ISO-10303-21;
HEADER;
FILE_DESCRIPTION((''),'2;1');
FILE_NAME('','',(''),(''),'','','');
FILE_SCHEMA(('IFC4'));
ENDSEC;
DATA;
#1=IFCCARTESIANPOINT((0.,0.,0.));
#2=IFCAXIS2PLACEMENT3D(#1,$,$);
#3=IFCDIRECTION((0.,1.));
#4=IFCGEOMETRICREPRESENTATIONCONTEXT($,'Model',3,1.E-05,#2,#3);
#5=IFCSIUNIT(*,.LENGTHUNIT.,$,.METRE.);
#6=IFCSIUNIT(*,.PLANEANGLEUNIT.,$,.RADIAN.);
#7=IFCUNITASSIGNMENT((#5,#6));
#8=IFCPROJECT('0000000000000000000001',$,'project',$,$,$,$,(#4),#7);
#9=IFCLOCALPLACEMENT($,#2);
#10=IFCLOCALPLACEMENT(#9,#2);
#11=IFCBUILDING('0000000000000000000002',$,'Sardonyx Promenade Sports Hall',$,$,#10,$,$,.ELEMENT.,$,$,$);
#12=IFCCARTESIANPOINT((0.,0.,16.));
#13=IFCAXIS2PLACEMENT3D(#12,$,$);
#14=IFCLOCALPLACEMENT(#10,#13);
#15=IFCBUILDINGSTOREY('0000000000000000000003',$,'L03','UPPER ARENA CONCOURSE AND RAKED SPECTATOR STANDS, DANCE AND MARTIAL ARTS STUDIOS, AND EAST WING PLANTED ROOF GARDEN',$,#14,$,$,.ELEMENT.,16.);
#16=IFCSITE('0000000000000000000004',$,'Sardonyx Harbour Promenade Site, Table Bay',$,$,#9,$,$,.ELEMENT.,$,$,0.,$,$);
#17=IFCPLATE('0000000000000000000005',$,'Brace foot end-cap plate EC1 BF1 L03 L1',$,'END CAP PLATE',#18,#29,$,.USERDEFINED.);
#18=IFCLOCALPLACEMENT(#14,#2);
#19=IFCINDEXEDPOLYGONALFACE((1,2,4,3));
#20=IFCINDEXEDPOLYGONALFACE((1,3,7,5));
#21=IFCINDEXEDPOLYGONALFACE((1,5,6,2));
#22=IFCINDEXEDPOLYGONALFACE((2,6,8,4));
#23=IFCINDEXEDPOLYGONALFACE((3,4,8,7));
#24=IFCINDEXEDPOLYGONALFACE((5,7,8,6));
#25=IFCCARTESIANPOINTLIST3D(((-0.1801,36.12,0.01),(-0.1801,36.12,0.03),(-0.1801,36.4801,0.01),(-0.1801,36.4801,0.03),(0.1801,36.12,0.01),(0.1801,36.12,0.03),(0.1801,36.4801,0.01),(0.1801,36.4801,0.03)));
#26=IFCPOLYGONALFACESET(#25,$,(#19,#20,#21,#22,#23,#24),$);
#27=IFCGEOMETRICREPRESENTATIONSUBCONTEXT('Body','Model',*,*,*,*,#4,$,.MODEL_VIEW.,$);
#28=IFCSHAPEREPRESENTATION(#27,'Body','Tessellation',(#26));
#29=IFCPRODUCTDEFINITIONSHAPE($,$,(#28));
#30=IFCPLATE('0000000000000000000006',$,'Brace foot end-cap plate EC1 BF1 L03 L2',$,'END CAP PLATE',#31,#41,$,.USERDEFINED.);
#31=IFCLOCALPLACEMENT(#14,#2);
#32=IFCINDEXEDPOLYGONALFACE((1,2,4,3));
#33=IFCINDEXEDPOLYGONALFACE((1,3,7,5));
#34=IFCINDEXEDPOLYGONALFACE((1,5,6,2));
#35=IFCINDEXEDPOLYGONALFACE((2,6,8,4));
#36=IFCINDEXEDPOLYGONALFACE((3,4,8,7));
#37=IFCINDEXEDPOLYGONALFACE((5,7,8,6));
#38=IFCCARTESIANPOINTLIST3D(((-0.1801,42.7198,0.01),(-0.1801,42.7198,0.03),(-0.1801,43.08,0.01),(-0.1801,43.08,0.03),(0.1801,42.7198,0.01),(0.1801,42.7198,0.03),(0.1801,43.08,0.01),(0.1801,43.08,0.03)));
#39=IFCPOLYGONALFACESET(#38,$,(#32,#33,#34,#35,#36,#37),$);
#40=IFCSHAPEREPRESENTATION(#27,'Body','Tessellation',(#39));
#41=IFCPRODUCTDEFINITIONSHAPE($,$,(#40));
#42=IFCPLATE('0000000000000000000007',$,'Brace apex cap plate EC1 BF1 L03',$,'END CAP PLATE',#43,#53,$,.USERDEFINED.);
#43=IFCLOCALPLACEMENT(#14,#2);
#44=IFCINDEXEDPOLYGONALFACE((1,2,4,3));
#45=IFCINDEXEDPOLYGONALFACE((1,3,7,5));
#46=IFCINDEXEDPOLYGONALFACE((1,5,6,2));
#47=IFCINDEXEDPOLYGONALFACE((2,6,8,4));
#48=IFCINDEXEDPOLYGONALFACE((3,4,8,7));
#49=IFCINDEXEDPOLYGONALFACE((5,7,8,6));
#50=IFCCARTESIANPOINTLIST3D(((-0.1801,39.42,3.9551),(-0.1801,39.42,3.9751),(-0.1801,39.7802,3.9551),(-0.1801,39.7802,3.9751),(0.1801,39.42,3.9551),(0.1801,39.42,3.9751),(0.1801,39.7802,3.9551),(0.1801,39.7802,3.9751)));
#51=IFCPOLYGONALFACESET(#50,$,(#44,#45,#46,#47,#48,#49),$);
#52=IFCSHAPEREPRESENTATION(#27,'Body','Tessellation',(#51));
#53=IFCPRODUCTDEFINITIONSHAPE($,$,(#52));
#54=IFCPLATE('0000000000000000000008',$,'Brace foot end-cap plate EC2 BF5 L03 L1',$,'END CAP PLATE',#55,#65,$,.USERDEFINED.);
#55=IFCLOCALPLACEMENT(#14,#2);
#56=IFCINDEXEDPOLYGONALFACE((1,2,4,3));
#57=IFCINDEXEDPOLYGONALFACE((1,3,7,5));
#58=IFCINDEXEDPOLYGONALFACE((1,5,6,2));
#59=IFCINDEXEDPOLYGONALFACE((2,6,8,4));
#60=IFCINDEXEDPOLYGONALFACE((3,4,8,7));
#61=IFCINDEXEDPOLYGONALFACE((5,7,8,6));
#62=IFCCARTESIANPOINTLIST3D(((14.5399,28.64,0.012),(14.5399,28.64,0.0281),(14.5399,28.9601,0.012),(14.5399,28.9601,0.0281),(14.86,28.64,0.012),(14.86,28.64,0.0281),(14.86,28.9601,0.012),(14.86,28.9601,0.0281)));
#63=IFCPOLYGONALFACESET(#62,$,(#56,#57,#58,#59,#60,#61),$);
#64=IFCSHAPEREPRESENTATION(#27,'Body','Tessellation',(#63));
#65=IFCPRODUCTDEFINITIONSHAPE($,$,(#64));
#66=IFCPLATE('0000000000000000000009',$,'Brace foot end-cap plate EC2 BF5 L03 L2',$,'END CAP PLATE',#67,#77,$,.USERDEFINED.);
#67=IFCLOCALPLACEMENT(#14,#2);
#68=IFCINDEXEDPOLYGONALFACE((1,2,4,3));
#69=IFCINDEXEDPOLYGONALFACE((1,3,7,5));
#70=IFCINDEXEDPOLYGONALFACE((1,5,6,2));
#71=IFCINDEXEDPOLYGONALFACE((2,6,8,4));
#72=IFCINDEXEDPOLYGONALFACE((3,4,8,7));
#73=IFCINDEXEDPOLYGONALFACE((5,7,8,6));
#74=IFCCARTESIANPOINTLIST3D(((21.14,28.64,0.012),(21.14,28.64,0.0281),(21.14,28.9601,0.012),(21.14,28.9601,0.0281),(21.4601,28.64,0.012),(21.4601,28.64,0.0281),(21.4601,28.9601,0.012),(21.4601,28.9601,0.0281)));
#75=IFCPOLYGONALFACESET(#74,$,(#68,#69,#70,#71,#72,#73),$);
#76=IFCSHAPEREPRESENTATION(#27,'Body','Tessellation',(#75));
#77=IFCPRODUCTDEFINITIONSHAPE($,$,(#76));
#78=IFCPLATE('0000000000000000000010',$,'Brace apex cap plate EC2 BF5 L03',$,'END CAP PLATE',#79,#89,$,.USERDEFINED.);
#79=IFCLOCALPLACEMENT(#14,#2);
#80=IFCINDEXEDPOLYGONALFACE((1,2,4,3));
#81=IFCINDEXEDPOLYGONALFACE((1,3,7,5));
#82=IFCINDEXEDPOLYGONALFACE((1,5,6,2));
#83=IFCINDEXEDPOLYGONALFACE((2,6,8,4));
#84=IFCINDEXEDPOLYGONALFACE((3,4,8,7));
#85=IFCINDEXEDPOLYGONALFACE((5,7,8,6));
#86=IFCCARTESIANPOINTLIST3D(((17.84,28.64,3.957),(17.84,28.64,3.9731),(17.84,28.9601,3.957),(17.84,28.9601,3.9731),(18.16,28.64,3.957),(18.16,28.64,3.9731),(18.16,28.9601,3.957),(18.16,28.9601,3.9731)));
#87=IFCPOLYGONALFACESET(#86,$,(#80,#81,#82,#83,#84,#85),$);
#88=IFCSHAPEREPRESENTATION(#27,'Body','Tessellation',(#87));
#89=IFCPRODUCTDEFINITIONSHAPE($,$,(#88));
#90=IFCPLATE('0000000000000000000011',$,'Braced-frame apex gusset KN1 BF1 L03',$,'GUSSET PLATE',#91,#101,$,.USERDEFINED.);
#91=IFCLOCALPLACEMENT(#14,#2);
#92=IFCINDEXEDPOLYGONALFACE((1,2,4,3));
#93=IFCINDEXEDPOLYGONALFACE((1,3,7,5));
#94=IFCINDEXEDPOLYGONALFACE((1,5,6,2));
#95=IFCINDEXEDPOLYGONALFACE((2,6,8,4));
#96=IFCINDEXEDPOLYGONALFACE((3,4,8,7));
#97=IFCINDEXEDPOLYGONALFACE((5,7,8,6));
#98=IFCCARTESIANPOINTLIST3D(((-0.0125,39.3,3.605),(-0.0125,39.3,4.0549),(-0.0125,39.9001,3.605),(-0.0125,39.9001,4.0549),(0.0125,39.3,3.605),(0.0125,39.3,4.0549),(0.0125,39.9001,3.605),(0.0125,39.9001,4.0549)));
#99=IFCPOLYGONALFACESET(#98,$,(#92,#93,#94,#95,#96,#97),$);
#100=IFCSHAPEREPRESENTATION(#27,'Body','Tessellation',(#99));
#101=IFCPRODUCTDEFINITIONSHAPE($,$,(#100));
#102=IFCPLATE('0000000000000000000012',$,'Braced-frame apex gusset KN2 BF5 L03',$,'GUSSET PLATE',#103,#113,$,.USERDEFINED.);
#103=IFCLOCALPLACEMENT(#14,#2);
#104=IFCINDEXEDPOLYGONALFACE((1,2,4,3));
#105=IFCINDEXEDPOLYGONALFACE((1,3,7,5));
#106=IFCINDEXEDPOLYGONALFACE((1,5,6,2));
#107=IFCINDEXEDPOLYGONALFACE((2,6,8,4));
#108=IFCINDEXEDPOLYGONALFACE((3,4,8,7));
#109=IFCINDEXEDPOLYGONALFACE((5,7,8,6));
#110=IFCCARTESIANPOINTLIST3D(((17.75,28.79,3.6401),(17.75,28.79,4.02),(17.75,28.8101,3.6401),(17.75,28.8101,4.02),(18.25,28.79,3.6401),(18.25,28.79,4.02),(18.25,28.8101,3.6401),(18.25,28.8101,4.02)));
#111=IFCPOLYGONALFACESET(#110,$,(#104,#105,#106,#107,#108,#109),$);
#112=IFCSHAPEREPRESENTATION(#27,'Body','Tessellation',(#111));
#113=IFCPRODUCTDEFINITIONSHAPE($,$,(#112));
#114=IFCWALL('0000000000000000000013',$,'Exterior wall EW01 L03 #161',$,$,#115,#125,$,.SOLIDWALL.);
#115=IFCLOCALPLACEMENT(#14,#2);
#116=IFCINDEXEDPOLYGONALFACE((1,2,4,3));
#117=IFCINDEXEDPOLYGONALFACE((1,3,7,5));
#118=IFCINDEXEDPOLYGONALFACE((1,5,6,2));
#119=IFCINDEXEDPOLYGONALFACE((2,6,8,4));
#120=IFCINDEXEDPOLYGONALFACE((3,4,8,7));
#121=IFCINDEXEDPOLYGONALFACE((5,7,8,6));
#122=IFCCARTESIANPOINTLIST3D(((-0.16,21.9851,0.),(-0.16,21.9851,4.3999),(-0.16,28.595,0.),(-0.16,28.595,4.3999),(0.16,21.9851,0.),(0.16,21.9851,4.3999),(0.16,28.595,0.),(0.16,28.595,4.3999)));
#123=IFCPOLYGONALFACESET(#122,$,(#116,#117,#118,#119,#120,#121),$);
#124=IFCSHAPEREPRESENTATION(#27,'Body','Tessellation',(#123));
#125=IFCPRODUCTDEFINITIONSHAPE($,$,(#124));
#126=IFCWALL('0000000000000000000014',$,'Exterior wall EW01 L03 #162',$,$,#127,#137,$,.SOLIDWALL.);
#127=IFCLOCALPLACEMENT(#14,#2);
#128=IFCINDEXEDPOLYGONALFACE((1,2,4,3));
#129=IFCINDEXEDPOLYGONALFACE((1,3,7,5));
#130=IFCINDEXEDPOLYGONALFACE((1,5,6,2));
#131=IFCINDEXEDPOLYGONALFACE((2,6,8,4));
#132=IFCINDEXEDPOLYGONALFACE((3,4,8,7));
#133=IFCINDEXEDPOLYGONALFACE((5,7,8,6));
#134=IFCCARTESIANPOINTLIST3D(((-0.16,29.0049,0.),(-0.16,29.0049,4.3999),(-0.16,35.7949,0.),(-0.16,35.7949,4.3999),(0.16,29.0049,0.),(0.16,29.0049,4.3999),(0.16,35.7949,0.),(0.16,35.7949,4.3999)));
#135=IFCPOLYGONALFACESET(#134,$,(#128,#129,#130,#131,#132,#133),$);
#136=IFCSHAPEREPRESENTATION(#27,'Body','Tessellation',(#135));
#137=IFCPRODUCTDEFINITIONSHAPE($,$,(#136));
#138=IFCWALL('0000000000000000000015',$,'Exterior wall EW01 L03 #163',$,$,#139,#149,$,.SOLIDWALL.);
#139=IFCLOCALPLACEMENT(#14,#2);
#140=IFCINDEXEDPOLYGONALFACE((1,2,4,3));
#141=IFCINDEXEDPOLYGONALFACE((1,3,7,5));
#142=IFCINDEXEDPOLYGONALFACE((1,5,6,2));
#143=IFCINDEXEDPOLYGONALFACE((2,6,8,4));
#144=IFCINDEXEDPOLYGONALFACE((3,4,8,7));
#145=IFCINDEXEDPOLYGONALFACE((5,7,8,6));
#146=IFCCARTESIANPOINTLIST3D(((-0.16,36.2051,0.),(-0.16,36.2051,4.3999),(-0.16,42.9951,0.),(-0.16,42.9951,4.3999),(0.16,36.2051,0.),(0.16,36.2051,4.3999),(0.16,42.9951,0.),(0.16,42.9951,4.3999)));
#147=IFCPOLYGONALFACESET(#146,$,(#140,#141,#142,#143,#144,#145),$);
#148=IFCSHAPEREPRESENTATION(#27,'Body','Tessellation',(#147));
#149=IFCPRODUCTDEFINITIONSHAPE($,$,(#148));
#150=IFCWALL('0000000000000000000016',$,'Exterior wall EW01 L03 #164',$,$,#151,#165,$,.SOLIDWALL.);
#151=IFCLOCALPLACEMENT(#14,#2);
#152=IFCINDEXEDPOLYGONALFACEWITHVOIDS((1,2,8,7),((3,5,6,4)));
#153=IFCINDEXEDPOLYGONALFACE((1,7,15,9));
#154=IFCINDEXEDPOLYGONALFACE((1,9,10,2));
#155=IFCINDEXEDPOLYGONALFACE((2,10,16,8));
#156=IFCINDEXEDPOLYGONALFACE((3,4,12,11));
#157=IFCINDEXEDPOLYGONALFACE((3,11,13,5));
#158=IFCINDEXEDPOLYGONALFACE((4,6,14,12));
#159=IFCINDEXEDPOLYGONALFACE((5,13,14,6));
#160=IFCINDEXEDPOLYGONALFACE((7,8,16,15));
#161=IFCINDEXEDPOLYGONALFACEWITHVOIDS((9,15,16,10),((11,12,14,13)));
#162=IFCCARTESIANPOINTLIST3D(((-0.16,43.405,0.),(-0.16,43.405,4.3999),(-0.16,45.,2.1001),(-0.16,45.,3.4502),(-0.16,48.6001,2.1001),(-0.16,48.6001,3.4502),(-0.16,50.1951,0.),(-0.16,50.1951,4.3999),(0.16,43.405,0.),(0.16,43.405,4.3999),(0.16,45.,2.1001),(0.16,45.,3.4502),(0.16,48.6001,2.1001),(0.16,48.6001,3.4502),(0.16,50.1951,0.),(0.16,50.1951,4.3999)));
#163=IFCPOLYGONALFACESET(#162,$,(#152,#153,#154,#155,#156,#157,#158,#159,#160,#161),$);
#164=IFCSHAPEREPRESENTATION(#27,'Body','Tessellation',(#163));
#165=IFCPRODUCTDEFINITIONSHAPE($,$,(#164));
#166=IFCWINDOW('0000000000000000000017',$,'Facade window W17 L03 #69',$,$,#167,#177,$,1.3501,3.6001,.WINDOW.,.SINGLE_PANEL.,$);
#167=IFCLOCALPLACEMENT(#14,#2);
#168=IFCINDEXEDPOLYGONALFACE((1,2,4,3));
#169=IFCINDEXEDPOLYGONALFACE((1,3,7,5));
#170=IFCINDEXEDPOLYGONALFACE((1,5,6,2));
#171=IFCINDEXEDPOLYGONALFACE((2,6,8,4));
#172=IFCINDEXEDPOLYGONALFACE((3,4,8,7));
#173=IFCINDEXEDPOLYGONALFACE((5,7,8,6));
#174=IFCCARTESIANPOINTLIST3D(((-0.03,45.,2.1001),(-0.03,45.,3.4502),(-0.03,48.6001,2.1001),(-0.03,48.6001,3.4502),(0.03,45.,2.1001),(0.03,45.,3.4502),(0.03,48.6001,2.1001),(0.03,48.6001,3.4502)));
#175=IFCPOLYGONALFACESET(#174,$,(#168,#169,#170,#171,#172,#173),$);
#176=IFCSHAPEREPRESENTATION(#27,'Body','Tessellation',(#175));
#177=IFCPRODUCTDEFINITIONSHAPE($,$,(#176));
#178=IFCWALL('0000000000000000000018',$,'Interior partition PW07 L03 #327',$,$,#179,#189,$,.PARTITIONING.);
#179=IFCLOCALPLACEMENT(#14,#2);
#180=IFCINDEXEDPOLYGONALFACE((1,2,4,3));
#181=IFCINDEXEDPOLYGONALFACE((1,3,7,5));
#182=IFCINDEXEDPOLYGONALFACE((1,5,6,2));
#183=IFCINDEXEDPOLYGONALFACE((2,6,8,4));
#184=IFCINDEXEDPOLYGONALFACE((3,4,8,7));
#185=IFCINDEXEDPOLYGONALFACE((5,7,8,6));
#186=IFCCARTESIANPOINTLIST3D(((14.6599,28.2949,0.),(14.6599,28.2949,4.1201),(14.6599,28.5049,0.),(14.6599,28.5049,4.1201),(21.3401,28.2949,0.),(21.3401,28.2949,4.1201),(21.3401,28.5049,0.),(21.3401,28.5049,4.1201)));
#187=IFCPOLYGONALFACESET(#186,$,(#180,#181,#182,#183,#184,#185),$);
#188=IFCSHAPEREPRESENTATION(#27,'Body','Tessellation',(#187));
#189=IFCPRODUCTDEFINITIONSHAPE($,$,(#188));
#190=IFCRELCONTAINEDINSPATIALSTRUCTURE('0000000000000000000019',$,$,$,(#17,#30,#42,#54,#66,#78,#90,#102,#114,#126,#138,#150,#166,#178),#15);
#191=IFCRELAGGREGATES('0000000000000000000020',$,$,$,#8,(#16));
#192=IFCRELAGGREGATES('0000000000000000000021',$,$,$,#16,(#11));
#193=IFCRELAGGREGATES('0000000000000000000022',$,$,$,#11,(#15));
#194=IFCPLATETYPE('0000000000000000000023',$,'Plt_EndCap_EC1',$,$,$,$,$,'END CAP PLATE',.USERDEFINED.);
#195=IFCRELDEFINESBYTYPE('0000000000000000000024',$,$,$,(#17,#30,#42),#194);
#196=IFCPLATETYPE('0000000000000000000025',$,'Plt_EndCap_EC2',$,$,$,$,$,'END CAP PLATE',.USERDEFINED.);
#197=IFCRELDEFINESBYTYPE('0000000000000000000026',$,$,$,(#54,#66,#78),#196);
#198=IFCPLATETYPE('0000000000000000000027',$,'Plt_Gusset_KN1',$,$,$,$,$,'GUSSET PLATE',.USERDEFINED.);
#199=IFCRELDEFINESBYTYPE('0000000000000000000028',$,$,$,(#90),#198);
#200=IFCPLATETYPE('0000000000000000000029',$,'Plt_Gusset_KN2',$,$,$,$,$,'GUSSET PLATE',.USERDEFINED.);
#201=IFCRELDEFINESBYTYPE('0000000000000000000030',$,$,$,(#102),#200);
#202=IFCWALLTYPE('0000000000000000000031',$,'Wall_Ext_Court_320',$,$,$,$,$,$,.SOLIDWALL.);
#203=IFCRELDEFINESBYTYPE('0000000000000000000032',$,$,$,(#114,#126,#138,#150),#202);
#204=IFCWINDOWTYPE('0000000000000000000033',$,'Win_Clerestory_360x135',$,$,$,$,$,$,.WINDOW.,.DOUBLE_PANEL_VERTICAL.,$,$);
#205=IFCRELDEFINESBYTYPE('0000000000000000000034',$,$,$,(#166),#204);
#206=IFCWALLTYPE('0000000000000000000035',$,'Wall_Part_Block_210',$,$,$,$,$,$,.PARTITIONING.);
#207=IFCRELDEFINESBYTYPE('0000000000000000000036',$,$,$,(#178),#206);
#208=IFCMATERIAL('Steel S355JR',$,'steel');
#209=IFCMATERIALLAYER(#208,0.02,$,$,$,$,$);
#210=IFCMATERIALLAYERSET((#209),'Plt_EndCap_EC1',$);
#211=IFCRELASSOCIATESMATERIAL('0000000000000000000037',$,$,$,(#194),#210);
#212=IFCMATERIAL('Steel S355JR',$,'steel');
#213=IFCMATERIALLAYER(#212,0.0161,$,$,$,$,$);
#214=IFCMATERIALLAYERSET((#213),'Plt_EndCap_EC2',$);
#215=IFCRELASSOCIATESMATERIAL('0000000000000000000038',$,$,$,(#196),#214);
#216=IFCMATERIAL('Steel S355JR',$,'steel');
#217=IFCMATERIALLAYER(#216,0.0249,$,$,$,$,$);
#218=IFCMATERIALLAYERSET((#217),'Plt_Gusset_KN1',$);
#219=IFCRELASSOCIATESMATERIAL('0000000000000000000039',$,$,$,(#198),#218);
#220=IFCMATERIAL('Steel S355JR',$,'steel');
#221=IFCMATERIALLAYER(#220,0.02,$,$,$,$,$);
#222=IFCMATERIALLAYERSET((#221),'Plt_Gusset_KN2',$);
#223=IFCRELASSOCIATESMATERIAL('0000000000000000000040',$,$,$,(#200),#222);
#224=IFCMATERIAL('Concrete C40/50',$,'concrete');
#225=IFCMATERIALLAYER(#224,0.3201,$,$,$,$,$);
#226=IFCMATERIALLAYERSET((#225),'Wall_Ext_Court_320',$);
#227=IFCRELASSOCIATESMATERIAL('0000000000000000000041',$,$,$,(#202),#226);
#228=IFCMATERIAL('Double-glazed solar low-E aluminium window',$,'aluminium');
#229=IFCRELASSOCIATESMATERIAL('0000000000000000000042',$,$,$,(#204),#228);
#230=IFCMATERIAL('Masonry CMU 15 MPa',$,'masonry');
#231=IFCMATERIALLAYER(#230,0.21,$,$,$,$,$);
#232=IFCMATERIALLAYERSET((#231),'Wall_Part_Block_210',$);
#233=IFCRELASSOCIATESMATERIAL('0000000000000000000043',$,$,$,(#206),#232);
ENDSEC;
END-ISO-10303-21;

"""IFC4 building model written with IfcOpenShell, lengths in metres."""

from ifc_helpers import new_model, si_unit, direction, frame, frame_2d, origin, origin_2d, place, context, subcontext, project, spatial, rectangle, extrude, material, layer, layer_set, type_object, element, fill, save


model = new_model("IFC4")

# Units and contexts
model_context = context("Model", 3, precision=1e-05, world=origin(), true_north=direction((0.0, 1.0)))
body_context = subcontext(model_context, "Body", "Model", "MODEL_VIEW")
ifc_project = project(units=[si_unit("LENGTHUNIT", "METRE"), si_unit("PLANEANGLEUNIT", "RADIAN")], contexts=[model_context])

# Site, building, storey
site_placement = place(None, origin())
site = spatial("IfcSite", under=ifc_project, at=site_placement, Name="Sardonyx Harbour Promenade Site, Table Bay", CompositionType="ELEMENT", RefElevation=0.0)
building_placement = place(site_placement, origin())
building = spatial("IfcBuilding", under=site, at=building_placement, Name="Sardonyx Promenade Sports Hall", CompositionType="ELEMENT")
storey_placement = place(building_placement, frame((0.0, 0.0, 16.0)))
storey = spatial("IfcBuildingStorey", under=building, at=storey_placement, Name="L03", Description="UPPER ARENA CONCOURSE AND RAKED SPECTATOR STANDS, DANCE AND MARTIAL ARTS STUDIOS, AND EAST WING PLANTED ROOF GARDEN", CompositionType="ELEMENT", Elevation=16.0)

# Plates
ifc_material_1 = material(Name="Steel S355JR", Category="steel")
ifc_layer_1 = layer(ifc_material_1, 0.02)
ifc_layer_set_1 = layer_set([ifc_layer_1], Name="Plt_EndCap_EC1")
plate_type_1 = type_object("IfcPlateType", Name="Plt_EndCap_EC1", ElementType="END CAP PLATE", PredefinedType="USERDEFINED", material=ifc_layer_set_1)
for number, where, z_axis, x_axis, name in (
    (1, (0.0, 36.3, 0.01), (0.0, 0.0, 1.0), (1.0, 0.0, 0.0), "Brace foot end-cap plate EC1 BF1 L03 L1"),
    (2, (0.0, 42.8999, 0.01), (0.0, 0.0, 1.0), (1.0, 0.0, 0.0), "Brace foot end-cap plate EC1 BF1 L03 L2"),
    (3, (0.0, 39.6001, 3.9551), (0.0, 0.0, 1.0), (1.0, 0.0, 0.0), "Brace apex cap plate EC1 BF1 L03"),
):
    element("IfcPlate", number, at=place(storey_placement, frame(where, z_axis=z_axis, x_axis=x_axis)), inside=storey, type_object=plate_type_1, Name=name, ObjectType="END CAP PLATE", PredefinedType="USERDEFINED", context=body_context, shape_type="SweptSolid", body=[
        extrude(rectangle(XDim=0.3601, YDim=0.3601, at=origin_2d()), origin(), (0.0, 0.0, 1.0), 0.02),
    ])
ifc_material_2 = material(Name="Steel S355JR", Category="steel")
ifc_layer_2 = layer(ifc_material_2, 0.0161)
ifc_layer_set_2 = layer_set([ifc_layer_2], Name="Plt_EndCap_EC2")
plate_type_2 = type_object("IfcPlateType", Name="Plt_EndCap_EC2", ElementType="END CAP PLATE", PredefinedType="USERDEFINED", material=ifc_layer_set_2)
for number, where, z_axis, x_axis, name in (
    (4, (14.7, 28.8, 0.012), (0.0, 0.0, 1.0), (1.0, 0.0, 0.0), "Brace foot end-cap plate EC2 BF5 L03 L1"),
    (5, (21.3, 28.8, 0.012), (0.0, 0.0, 1.0), (1.0, 0.0, 0.0), "Brace foot end-cap plate EC2 BF5 L03 L2"),
    (6, (18.0, 28.8, 3.957), (0.0, 0.0, 1.0), (1.0, 0.0, 0.0), "Brace apex cap plate EC2 BF5 L03"),
):
    element("IfcPlate", number, at=place(storey_placement, frame(where, z_axis=z_axis, x_axis=x_axis)), inside=storey, type_object=plate_type_2, Name=name, ObjectType="END CAP PLATE", PredefinedType="USERDEFINED", context=body_context, shape_type="SweptSolid", body=[
        extrude(rectangle(XDim=0.3201, YDim=0.3201, at=origin_2d()), origin(), (0.0, 0.0, 1.0), 0.0161),
    ])
ifc_material_3 = material(Name="Steel S355JR", Category="steel")
ifc_layer_3 = layer(ifc_material_3, 0.0249)
ifc_layer_set_3 = layer_set([ifc_layer_3], Name="Plt_Gusset_KN1")
plate_type_3 = type_object("IfcPlateType", Name="Plt_Gusset_KN1", ElementType="GUSSET PLATE", PredefinedType="USERDEFINED", material=ifc_layer_set_3)
plate_1_placement = place(storey_placement, frame((0.0, 39.6001, 3.605), z_axis=(0.0, 0.0, 1.0), x_axis=(0.0, 1.0, 0.0)))
element("IfcPlate", 7, at=plate_1_placement, inside=storey, type_object=plate_type_3, Name="Braced-frame apex gusset KN1 BF1 L03", ObjectType="GUSSET PLATE", PredefinedType="USERDEFINED", context=body_context, shape_type="SweptSolid", body=[
    extrude(rectangle(XDim=0.6001, YDim=0.0249, at=origin_2d()), origin(), (0.0, 0.0, 1.0), 0.45),
])
ifc_material_4 = material(Name="Steel S355JR", Category="steel")
ifc_layer_4 = layer(ifc_material_4, 0.02)
ifc_layer_set_4 = layer_set([ifc_layer_4], Name="Plt_Gusset_KN2")
plate_type_4 = type_object("IfcPlateType", Name="Plt_Gusset_KN2", ElementType="GUSSET PLATE", PredefinedType="USERDEFINED", material=ifc_layer_set_4)
plate_2_placement = place(storey_placement, frame((18.0, 28.8, 3.6401), z_axis=(0.0, 0.0, 1.0), x_axis=(1.0, 0.0, 0.0)))
element("IfcPlate", 8, at=plate_2_placement, inside=storey, type_object=plate_type_4, Name="Braced-frame apex gusset KN2 BF5 L03", ObjectType="GUSSET PLATE", PredefinedType="USERDEFINED", context=body_context, shape_type="SweptSolid", body=[
    extrude(rectangle(XDim=0.5, YDim=0.02, at=origin_2d()), origin(), (0.0, 0.0, 1.0), 0.3799),
])

# Walls
ifc_material_5 = material(Name="Concrete C40/50", Category="concrete")
ifc_layer_5 = layer(ifc_material_5, 0.3201)
ifc_layer_set_5 = layer_set([ifc_layer_5], Name="Wall_Ext_Court_320")
wall_type_1 = type_object("IfcWallType", Name="Wall_Ext_Court_320", PredefinedType="SOLIDWALL", material=ifc_layer_set_5)
wall_1_placement = place(storey_placement, frame((0.0, 21.9851, 0.0), z_axis=(0.0, 0.0, 1.0), x_axis=(0.0, 1.0, 0.0)))
element("IfcWall", 9, at=wall_1_placement, inside=storey, type_object=wall_type_1, Name="Exterior wall EW01 L03 #161", PredefinedType="SOLIDWALL", context=body_context, shape_type="SweptSolid", body=[
    extrude(rectangle(XDim=6.6099, YDim=0.3201, at=frame_2d((3.3049, 0.0))), origin(), (0.0, 0.0, 1.0), 4.3999),
])
for number, where, z_axis, x_axis, name in (
    (10, (0.0, 29.0049, 0.0), (0.0, 0.0, 1.0), (0.0, 1.0, 0.0), "Exterior wall EW01 L03 #162"),
    (11, (0.0, 36.2051, 0.0), (0.0, 0.0, 1.0), (0.0, 1.0, 0.0), "Exterior wall EW01 L03 #163"),
):
    element("IfcWall", number, at=place(storey_placement, frame(where, z_axis=z_axis, x_axis=x_axis)), inside=storey, type_object=wall_type_1, Name=name, PredefinedType="SOLIDWALL", context=body_context, shape_type="SweptSolid", body=[
        extrude(rectangle(XDim=6.79, YDim=0.3201, at=frame_2d((3.395, 0.0))), origin(), (0.0, 0.0, 1.0), 4.3999),
    ])

# Wall, opening, window
wall_2_placement = place(storey_placement, frame((0.0, 43.405, 0.0), z_axis=(0.0, 0.0, 1.0), x_axis=(0.0, 1.0, 0.0)))
wall_2 = element("IfcWall", 12, at=wall_2_placement, inside=storey, type_object=wall_type_1, Name="Exterior wall EW01 L03 #164", PredefinedType="SOLIDWALL", context=body_context, shape_type="SweptSolid", body=[
    extrude(rectangle(XDim=6.79, YDim=0.3201, at=frame_2d((3.395, 0.0))), origin(), (0.0, 0.0, 1.0), 4.3999),
])
opening_placement = place(wall_2_placement, frame((1.595, 0.0, 2.1001)))
opening = element("IfcOpeningElement", 13, at=opening_placement, cuts=wall_2, PredefinedType="OPENING", context=body_context, shape_type="SweptSolid", body=[
    extrude(rectangle(XDim=3.6001, YDim=1.3501, at=frame_2d((1.8, 0.675))), frame((0.0, 0.17, 0.0), z_axis=(0.0, -1.0, 0.0), x_axis=(1.0, 0.0, 0.0)), (0.0, 0.0, 1.0), 0.34),
])
ifc_material_6 = material(Name="Double-glazed solar low-E aluminium window", Category="aluminium")
window_type = type_object("IfcWindowType", Name="Win_Clerestory_360x135", PartitioningType="DOUBLE_PANEL_VERTICAL", PredefinedType="WINDOW", material=ifc_material_6)
window_placement = place(opening_placement, origin())
window = element("IfcWindow", 14, at=window_placement, inside=storey, type_object=window_type, Name="Facade window W17 L03 #69", OverallHeight=1.3501, OverallWidth=3.6001, PartitioningType="SINGLE_PANEL", PredefinedType="WINDOW", context=body_context, shape_type="SweptSolid", body=[
    extrude(rectangle(XDim=3.6001, YDim=1.3501, at=frame_2d((1.8, 0.675))), frame((0.0, 0.03, 0.0), z_axis=(0.0, -1.0, 0.0), x_axis=(1.0, 0.0, 0.0)), (0.0, 0.0, 1.0), 0.0601),
])
fill(opening, window)

# Wall
ifc_material_7 = material(Name="Masonry CMU 15 MPa", Category="masonry")
ifc_layer_6 = layer(ifc_material_7, 0.21)
ifc_layer_set_6 = layer_set([ifc_layer_6], Name="Wall_Part_Block_210")
wall_type_2 = type_object("IfcWallType", Name="Wall_Part_Block_210", PredefinedType="PARTITIONING", material=ifc_layer_set_6)
wall_3_placement = place(storey_placement, frame((14.6599, 28.3999, 0.0), z_axis=(0.0, 0.0, 1.0), x_axis=(1.0, 0.0, 0.0)))
element("IfcWall", 15, at=wall_3_placement, inside=storey, type_object=wall_type_2, Name="Interior partition PW07 L03 #327", PredefinedType="PARTITIONING", context=body_context, shape_type="SweptSolid", body=[
    extrude(rectangle(XDim=6.6802, YDim=0.21, at=frame_2d((3.3401, 0.0))), origin(), (0.0, 0.0, 1.0), 4.1201),
])

save(model, "model.ifc")
